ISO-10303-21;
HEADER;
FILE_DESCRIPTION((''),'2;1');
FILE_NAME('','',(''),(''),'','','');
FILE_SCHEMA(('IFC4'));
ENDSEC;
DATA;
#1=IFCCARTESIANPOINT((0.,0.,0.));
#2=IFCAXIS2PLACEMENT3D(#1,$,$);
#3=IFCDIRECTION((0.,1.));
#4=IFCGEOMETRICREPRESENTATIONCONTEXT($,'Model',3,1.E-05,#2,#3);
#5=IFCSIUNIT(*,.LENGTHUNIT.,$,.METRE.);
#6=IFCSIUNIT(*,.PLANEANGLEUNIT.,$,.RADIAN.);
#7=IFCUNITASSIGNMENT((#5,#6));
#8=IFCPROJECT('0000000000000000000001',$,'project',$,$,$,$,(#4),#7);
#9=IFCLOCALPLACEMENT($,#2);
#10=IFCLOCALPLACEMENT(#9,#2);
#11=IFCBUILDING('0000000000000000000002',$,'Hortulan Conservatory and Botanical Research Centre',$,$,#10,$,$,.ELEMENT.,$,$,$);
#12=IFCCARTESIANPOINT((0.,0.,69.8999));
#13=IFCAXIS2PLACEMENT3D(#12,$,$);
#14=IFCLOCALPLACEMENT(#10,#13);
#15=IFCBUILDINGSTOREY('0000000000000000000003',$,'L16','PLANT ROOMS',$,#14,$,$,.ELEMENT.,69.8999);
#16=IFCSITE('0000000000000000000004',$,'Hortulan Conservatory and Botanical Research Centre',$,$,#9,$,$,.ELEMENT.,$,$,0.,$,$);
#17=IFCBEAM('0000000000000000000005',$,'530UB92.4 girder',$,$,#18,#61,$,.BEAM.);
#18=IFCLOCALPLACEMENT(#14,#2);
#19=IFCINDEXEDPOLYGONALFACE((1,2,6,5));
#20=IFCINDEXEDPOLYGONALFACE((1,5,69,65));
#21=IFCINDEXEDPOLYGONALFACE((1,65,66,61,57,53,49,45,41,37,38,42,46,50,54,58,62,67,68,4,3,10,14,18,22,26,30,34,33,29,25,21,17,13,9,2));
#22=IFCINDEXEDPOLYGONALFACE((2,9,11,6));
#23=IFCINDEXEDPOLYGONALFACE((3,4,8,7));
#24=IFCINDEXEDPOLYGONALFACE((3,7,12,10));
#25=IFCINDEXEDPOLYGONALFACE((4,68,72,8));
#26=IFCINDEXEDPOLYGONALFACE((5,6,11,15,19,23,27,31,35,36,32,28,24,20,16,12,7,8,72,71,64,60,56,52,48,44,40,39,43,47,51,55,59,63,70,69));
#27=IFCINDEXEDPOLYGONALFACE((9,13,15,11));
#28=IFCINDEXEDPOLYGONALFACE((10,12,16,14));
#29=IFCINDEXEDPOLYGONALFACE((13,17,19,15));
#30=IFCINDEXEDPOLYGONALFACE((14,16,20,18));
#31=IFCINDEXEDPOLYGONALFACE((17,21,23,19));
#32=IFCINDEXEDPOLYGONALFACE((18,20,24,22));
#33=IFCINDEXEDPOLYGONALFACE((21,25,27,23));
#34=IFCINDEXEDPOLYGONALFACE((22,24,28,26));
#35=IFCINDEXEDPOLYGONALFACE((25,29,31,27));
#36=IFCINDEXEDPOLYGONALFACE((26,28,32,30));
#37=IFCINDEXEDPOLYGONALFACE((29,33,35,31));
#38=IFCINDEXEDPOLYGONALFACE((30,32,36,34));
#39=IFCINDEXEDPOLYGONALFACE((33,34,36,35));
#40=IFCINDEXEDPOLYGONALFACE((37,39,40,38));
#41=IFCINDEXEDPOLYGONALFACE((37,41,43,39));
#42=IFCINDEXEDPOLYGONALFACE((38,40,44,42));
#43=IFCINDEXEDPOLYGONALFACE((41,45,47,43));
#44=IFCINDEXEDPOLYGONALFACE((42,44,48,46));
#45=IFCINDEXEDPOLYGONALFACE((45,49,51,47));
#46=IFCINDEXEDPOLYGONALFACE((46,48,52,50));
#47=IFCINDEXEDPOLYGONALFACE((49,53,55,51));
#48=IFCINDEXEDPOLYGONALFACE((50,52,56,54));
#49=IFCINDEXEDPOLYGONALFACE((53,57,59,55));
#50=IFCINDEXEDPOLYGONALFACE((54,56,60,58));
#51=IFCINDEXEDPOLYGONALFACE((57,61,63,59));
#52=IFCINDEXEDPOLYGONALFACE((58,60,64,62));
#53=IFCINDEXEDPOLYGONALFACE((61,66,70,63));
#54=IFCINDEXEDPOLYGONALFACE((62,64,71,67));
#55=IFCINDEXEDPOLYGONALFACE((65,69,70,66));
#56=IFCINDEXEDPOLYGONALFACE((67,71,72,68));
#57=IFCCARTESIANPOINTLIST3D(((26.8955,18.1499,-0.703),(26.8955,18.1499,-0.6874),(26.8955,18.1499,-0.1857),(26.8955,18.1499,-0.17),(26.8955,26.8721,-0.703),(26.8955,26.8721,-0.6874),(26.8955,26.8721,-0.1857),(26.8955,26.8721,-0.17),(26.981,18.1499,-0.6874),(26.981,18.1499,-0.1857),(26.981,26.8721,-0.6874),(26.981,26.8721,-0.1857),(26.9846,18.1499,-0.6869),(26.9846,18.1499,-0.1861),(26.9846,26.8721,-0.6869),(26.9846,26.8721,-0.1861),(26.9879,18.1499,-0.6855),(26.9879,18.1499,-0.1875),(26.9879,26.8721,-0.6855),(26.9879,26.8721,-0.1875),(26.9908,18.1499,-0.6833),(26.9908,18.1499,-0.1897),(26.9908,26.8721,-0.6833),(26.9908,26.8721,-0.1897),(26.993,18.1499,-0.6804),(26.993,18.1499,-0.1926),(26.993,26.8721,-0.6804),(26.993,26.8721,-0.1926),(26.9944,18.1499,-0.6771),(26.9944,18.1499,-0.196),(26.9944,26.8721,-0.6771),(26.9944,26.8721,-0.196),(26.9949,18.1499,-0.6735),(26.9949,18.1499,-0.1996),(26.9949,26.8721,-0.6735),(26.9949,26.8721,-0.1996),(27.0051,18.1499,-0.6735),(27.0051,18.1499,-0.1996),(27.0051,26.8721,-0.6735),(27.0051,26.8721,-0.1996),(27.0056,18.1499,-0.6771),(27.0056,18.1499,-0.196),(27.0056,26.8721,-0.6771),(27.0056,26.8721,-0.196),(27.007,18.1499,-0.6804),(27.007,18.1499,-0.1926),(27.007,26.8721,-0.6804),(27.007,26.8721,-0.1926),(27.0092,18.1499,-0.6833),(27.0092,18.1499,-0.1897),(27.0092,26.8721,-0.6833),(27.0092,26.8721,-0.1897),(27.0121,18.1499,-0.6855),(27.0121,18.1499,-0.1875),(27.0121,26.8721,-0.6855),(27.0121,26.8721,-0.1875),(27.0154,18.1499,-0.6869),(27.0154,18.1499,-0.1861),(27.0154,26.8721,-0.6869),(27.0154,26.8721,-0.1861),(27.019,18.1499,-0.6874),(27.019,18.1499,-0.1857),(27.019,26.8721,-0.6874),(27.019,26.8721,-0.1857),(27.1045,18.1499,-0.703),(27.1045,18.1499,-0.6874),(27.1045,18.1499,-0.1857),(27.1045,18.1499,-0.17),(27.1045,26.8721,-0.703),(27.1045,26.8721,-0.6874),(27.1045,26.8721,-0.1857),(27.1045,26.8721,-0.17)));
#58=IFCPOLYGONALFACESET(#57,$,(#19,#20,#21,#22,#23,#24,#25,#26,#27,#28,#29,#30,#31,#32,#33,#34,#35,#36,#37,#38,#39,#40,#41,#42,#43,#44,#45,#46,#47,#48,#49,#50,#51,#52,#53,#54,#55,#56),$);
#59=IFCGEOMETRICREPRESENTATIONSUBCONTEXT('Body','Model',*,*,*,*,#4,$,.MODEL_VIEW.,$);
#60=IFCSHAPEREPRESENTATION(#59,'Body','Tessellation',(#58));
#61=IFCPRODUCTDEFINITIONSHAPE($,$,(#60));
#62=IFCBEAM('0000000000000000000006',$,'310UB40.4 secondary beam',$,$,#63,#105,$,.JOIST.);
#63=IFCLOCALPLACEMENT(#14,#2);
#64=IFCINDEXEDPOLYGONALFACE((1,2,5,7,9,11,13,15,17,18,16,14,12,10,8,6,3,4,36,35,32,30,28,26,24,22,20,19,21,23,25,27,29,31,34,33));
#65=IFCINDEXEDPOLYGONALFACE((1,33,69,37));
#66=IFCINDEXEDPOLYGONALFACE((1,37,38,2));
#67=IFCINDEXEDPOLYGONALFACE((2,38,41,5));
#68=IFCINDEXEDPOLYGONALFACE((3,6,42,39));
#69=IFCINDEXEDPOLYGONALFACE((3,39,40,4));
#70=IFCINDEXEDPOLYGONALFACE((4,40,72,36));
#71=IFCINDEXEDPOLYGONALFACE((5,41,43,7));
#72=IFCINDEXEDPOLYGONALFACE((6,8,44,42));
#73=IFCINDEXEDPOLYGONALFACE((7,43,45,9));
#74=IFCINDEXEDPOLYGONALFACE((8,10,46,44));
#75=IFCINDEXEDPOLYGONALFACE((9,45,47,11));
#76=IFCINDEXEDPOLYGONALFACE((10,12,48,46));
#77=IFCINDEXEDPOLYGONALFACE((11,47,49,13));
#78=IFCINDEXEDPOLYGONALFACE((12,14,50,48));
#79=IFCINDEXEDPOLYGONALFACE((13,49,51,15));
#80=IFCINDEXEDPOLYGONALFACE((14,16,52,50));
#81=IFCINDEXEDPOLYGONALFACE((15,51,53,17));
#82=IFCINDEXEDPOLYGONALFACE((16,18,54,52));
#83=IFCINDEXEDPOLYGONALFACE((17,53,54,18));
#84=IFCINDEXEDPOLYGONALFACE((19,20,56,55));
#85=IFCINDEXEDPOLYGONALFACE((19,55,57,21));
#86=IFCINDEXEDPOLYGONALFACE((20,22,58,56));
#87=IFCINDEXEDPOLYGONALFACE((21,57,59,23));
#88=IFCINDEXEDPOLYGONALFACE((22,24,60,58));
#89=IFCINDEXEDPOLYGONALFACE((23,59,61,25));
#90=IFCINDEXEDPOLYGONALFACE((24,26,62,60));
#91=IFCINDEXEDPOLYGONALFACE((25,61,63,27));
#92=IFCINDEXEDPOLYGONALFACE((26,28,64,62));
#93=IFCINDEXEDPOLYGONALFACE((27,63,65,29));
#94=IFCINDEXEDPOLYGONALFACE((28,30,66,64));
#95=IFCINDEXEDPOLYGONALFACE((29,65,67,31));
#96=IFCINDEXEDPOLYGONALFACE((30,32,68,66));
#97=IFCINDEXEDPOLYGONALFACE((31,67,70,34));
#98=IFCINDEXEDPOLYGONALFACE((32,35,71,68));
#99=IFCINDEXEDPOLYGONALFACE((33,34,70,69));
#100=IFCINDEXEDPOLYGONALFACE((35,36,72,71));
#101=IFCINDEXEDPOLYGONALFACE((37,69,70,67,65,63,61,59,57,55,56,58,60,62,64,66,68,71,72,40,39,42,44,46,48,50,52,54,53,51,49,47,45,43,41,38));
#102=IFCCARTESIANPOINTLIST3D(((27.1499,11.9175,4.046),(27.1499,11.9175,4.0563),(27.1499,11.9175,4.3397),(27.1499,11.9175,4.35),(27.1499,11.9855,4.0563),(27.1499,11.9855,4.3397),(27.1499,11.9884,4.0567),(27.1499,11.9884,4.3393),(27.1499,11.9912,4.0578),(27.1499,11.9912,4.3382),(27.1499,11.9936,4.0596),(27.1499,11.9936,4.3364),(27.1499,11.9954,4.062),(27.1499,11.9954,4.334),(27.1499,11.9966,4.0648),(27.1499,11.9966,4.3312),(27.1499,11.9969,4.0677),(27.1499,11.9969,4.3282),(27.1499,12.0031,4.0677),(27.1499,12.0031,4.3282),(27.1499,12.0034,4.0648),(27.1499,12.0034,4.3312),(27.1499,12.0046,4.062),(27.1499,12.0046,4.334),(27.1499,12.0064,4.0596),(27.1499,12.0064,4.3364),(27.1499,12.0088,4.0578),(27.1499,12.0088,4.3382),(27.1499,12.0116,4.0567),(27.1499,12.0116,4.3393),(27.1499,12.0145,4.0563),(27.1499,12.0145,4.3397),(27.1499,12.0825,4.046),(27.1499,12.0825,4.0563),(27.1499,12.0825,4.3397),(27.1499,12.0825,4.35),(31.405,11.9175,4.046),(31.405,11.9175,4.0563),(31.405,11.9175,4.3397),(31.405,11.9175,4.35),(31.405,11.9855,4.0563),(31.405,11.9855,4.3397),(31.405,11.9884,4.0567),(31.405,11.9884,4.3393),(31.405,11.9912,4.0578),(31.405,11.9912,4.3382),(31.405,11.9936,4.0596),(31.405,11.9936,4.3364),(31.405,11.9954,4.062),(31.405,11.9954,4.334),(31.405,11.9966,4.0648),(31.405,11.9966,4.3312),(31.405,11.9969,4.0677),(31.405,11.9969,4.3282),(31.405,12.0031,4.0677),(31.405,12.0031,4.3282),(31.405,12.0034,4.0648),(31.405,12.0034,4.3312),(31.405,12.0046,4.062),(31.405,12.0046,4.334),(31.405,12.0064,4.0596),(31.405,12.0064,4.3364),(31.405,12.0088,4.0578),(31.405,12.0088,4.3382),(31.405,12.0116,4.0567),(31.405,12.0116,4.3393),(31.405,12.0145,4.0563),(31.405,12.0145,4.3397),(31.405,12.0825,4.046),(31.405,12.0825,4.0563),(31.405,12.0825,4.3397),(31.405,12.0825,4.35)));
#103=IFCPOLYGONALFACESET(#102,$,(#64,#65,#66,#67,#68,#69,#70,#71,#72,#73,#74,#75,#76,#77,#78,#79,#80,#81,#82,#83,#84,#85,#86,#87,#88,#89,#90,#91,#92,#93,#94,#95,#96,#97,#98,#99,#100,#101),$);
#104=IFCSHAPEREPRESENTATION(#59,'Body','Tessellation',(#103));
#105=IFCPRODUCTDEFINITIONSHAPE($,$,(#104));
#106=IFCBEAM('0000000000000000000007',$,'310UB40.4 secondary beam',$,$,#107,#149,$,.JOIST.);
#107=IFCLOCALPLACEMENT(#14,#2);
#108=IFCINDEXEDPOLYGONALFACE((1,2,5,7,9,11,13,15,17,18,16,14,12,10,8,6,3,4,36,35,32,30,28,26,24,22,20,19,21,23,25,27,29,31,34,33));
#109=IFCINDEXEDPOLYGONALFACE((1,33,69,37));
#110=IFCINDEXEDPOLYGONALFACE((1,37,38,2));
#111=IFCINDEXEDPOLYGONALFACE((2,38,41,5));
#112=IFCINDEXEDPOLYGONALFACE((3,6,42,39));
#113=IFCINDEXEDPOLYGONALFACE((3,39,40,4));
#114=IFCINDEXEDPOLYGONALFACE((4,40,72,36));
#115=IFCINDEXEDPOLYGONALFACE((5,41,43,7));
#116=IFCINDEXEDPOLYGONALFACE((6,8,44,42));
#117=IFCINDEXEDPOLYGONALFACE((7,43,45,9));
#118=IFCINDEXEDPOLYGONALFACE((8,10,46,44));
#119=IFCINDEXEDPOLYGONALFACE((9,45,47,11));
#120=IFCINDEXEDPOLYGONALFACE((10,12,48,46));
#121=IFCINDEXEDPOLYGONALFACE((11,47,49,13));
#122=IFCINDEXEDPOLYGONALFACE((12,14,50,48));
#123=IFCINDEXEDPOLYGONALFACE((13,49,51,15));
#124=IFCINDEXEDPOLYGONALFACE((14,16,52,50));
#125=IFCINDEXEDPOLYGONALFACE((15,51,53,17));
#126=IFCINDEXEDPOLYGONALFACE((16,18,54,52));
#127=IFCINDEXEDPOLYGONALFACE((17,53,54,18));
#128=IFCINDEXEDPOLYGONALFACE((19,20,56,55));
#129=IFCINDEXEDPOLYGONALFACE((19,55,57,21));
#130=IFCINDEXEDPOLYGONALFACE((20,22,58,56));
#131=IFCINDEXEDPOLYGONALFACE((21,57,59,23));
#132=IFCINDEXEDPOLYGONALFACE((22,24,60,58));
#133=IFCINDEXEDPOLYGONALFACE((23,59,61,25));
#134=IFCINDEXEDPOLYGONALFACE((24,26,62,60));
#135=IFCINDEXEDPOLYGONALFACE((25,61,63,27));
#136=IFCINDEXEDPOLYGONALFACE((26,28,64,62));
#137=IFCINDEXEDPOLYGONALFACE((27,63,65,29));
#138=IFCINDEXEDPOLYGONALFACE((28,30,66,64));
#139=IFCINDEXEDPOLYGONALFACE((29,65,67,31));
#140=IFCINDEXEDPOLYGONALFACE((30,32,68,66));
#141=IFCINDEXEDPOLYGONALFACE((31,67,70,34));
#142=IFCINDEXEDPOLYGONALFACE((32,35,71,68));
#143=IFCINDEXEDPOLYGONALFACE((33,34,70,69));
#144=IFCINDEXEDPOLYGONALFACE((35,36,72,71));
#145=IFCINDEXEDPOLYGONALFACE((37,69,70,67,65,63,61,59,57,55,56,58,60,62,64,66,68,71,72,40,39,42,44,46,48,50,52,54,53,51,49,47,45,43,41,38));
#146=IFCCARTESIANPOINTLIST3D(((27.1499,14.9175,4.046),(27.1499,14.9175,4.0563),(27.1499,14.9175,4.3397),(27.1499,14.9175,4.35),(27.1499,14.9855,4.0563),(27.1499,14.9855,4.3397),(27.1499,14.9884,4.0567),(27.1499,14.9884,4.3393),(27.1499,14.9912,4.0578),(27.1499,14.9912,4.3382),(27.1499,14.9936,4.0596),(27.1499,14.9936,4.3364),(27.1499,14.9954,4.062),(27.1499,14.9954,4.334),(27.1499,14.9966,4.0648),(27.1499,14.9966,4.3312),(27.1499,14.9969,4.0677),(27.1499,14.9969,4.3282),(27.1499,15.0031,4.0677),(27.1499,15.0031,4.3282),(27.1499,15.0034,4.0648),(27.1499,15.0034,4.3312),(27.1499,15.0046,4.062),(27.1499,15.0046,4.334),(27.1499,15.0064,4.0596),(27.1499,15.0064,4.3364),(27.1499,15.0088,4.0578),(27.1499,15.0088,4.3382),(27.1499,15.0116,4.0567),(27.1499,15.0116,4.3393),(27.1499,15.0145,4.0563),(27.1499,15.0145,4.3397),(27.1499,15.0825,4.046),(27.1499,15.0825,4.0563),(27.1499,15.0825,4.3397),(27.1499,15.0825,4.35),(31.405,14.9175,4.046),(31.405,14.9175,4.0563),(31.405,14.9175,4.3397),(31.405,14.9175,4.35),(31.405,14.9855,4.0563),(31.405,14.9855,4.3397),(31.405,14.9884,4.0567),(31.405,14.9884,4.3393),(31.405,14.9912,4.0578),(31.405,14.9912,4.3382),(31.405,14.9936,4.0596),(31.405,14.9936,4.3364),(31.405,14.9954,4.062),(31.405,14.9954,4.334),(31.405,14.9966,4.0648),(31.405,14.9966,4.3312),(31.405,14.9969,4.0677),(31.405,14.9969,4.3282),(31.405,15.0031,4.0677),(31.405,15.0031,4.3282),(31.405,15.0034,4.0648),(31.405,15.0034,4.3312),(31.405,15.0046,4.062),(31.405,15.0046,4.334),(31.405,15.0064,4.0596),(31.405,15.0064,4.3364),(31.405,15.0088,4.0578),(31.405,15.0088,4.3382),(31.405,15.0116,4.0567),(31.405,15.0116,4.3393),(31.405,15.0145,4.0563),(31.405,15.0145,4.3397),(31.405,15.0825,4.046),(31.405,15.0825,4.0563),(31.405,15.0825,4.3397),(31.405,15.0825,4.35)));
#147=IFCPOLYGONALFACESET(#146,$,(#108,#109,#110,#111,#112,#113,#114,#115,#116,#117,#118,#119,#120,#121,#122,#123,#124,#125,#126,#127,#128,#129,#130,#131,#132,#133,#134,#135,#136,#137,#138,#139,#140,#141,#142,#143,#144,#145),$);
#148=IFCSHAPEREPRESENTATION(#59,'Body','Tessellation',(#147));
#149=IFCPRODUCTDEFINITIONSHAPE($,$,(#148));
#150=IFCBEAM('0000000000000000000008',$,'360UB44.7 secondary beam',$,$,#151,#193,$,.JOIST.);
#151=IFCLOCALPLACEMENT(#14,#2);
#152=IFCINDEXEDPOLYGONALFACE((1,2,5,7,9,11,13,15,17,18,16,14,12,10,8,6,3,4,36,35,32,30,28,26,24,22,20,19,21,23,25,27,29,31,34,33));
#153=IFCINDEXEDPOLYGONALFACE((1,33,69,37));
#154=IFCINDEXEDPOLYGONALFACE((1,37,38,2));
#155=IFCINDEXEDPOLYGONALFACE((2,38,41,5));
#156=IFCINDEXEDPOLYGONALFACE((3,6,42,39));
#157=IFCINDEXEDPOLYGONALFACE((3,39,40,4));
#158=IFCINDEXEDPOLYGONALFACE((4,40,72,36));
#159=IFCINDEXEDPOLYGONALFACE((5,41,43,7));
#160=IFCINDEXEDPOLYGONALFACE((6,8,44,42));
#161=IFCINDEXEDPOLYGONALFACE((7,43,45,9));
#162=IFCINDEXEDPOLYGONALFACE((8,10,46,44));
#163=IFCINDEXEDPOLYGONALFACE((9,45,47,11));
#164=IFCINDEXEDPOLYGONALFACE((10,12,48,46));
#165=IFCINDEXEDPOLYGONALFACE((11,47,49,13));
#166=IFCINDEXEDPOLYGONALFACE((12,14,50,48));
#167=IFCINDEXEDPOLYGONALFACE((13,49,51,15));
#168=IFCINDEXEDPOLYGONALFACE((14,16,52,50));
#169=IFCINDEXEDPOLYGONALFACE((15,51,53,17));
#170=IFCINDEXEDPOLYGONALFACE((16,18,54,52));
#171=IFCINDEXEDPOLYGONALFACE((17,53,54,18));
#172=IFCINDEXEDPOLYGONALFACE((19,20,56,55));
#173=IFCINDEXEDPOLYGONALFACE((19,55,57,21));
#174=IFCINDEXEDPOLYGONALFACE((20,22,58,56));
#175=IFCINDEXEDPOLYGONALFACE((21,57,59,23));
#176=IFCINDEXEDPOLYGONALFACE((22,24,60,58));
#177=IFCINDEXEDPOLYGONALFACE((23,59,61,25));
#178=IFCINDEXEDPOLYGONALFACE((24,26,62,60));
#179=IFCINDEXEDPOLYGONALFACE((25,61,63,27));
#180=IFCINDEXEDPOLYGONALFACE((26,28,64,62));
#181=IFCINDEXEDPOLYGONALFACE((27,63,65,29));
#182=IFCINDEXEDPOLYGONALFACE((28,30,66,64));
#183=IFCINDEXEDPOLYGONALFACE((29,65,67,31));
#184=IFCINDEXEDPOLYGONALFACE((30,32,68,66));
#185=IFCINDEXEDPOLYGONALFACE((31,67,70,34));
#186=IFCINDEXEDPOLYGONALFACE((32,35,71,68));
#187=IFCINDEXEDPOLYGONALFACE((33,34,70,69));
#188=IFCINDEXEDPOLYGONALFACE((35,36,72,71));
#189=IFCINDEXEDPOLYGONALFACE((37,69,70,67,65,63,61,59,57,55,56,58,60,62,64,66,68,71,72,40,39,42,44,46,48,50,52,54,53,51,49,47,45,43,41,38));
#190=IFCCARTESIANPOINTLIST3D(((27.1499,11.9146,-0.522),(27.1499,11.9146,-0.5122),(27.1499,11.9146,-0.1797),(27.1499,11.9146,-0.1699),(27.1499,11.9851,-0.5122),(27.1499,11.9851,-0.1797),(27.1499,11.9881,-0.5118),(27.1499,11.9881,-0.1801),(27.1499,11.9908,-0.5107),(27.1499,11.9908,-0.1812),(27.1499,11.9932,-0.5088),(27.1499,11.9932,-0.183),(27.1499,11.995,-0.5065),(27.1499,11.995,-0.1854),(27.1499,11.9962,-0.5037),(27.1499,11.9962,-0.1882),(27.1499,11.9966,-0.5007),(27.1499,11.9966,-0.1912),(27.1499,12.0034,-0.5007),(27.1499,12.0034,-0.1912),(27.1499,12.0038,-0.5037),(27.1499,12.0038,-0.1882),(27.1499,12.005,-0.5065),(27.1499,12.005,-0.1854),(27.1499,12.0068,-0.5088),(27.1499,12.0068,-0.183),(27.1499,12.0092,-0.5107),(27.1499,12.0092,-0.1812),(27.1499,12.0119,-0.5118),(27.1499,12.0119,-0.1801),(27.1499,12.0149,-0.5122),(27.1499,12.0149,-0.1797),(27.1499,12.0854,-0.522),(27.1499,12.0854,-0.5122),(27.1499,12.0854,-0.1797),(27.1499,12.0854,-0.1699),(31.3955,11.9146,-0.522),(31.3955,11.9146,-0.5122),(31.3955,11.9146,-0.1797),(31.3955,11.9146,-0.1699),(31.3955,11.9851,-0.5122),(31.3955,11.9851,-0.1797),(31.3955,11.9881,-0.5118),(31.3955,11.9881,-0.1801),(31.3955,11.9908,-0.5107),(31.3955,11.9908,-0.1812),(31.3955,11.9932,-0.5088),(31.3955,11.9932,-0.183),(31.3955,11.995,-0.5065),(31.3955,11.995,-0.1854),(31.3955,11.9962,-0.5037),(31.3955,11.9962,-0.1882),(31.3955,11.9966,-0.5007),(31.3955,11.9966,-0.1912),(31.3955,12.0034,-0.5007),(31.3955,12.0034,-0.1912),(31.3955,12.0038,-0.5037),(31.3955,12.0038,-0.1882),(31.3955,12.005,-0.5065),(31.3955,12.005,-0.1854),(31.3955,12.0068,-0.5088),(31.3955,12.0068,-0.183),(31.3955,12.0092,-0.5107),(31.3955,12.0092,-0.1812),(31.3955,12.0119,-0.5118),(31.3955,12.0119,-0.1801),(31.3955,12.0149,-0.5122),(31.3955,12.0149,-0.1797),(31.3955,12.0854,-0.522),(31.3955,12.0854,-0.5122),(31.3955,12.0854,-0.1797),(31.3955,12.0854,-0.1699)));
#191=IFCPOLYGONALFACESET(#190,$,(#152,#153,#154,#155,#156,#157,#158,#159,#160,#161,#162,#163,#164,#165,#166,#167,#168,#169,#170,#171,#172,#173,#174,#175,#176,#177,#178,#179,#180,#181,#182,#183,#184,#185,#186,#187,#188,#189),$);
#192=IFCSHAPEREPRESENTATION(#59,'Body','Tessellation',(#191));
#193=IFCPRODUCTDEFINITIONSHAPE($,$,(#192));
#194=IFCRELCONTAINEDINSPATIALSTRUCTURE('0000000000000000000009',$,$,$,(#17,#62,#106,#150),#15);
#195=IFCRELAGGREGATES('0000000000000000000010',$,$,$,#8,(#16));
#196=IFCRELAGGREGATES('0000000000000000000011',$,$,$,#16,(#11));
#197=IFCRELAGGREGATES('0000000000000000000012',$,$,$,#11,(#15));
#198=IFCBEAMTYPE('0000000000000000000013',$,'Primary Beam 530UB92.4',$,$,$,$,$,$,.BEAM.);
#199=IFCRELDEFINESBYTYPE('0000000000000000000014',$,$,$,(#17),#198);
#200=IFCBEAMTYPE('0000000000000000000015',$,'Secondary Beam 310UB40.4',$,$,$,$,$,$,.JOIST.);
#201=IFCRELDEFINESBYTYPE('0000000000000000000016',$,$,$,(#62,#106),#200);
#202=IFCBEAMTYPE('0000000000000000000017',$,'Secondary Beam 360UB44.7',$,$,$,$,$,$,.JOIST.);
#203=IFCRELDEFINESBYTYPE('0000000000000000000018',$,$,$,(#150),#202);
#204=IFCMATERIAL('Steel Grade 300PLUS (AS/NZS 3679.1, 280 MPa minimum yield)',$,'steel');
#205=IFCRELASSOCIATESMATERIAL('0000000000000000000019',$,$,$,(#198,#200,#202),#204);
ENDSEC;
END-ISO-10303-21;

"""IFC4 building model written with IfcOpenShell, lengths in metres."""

from ifc_helpers import new_model, si_unit, direction, frame, origin, origin_2d, place, context, subcontext, project, spatial, i_section, extrude, material, material_profile, profile_set, type_object, element, save


model = new_model("IFC4")

# Units and contexts
model_context = context("Model", 3, precision=1e-05, world=origin(), true_north=direction((0.0, 1.0)))
body_context = subcontext(model_context, "Body", "Model", "MODEL_VIEW")
ifc_project = project(units=[si_unit("LENGTHUNIT", "METRE"), si_unit("PLANEANGLEUNIT", "RADIAN")], contexts=[model_context])

# Site, building, storey
site_placement = place(None, origin())
site = spatial("IfcSite", under=ifc_project, at=site_placement, Name="Hortulan Conservatory and Botanical Research Centre", CompositionType="ELEMENT", RefElevation=0.0)
building_placement = place(site_placement, origin())
building = spatial("IfcBuilding", under=site, at=building_placement, Name="Hortulan Conservatory and Botanical Research Centre", CompositionType="ELEMENT")
storey_placement = place(building_placement, frame((0.0, 0.0, 69.8999)))
storey = spatial("IfcBuildingStorey", under=building, at=storey_placement, Name="L16", Description="PLANT ROOMS", CompositionType="ELEMENT", Elevation=69.8999)

# Shared definitions
ifc_material_1 = material(Name="Steel Grade 300PLUS (AS/NZS 3679.1, 280 MPa minimum yield)", Category="steel")

# Beams
ifc_material_profile_1 = material_profile(ifc_material_1, i_section(OverallWidth=0.209, OverallDepth=0.533, WebThickness=0.0103, FlangeThickness=0.0156, FilletRadius=0.0139, at=origin_2d()), Name="530UB92.4")
ifc_profile_set_1 = profile_set([ifc_material_profile_1], Name="Steel Grade 300PLUS (AS/NZS 3679.1, 280 MPa minimum yield)")
beam_type_1 = type_object("IfcBeamType", Name="Primary Beam 530UB92.4", PredefinedType="BEAM", material=ifc_profile_set_1)
beam_1_placement = place(storey_placement, frame((27.0, 18.1499, -0.4365), z_axis=(0.0, 1.0, 0.0), x_axis=(-1.0, 0.0, 0.0)))
element("IfcBeam", 1, at=beam_1_placement, inside=storey, type_object=beam_type_1, Name="530UB92.4 girder", PredefinedType="BEAM", context=body_context, shape_type="SweptSolid", body=[
    extrude(i_section(OverallWidth=0.209, OverallDepth=0.533, WebThickness=0.0103, FlangeThickness=0.0156, FilletRadius=0.0139, at=origin_2d()), origin(), (0.0, 0.0, 1.0), 8.7222),
])
ifc_material_profile_2 = material_profile(ifc_material_1, i_section(OverallWidth=0.165, OverallDepth=0.304, WebThickness=0.0061, FlangeThickness=0.0103, FilletRadius=0.0115, at=origin_2d()), Name="310UB40.4")
ifc_profile_set_2 = profile_set([ifc_material_profile_2], Name="Steel Grade 300PLUS (AS/NZS 3679.1, 280 MPa minimum yield)")
beam_type_2 = type_object("IfcBeamType", Name="Secondary Beam 310UB40.4", PredefinedType="JOIST", material=ifc_profile_set_2)
for number, where, z_axis, x_axis, name in (
    (2, (27.1499, 12.0, 4.198), (1.0, 0.0, 0.0), (0.0, 1.0, 0.0), "310UB40.4 secondary beam"),
    (3, (27.1499, 15.0, 4.198), (1.0, 0.0, 0.0), (0.0, 1.0, 0.0), "310UB40.4 secondary beam"),
):
    element("IfcBeam", number, at=place(storey_placement, frame(where, z_axis=z_axis, x_axis=x_axis)), inside=storey, type_object=beam_type_2, Name=name, PredefinedType="JOIST", context=body_context, shape_type="SweptSolid", body=[
        extrude(i_section(OverallWidth=0.165, OverallDepth=0.304, WebThickness=0.0061, FlangeThickness=0.0103, FilletRadius=0.0115, at=origin_2d()), origin(), (0.0, 0.0, 1.0), 4.2551),
    ])
ifc_material_profile_3 = material_profile(ifc_material_1, i_section(OverallWidth=0.1709, OverallDepth=0.3521, WebThickness=0.0068, FlangeThickness=0.0098, FilletRadius=0.0115, at=origin_2d()), Name="360UB44.7")
ifc_profile_set_3 = profile_set([ifc_material_profile_3], Name="Steel Grade 300PLUS (AS/NZS 3679.1, 280 MPa minimum yield)")
beam_type_3 = type_object("IfcBeamType", Name="Secondary Beam 360UB44.7", PredefinedType="JOIST", material=ifc_profile_set_3)
for number, where, z_axis, x_axis, name in (
    (4, (27.1499, 12.0, -0.3459), (1.0, 0.0, 0.0), (0.0, 1.0, 0.0), "360UB44.7 secondary beam"),
):
    element("IfcBeam", number, at=place(storey_placement, frame(where, z_axis=z_axis, x_axis=x_axis)), inside=storey, type_object=beam_type_3, Name=name, PredefinedType="JOIST", context=body_context, shape_type="SweptSolid", body=[
        extrude(i_section(OverallWidth=0.1709, OverallDepth=0.3521, WebThickness=0.0068, FlangeThickness=0.0098, FilletRadius=0.0115, at=origin_2d()), origin(), (0.0, 0.0, 1.0), 4.2456),
    ])

save(model, "model.ifc")
